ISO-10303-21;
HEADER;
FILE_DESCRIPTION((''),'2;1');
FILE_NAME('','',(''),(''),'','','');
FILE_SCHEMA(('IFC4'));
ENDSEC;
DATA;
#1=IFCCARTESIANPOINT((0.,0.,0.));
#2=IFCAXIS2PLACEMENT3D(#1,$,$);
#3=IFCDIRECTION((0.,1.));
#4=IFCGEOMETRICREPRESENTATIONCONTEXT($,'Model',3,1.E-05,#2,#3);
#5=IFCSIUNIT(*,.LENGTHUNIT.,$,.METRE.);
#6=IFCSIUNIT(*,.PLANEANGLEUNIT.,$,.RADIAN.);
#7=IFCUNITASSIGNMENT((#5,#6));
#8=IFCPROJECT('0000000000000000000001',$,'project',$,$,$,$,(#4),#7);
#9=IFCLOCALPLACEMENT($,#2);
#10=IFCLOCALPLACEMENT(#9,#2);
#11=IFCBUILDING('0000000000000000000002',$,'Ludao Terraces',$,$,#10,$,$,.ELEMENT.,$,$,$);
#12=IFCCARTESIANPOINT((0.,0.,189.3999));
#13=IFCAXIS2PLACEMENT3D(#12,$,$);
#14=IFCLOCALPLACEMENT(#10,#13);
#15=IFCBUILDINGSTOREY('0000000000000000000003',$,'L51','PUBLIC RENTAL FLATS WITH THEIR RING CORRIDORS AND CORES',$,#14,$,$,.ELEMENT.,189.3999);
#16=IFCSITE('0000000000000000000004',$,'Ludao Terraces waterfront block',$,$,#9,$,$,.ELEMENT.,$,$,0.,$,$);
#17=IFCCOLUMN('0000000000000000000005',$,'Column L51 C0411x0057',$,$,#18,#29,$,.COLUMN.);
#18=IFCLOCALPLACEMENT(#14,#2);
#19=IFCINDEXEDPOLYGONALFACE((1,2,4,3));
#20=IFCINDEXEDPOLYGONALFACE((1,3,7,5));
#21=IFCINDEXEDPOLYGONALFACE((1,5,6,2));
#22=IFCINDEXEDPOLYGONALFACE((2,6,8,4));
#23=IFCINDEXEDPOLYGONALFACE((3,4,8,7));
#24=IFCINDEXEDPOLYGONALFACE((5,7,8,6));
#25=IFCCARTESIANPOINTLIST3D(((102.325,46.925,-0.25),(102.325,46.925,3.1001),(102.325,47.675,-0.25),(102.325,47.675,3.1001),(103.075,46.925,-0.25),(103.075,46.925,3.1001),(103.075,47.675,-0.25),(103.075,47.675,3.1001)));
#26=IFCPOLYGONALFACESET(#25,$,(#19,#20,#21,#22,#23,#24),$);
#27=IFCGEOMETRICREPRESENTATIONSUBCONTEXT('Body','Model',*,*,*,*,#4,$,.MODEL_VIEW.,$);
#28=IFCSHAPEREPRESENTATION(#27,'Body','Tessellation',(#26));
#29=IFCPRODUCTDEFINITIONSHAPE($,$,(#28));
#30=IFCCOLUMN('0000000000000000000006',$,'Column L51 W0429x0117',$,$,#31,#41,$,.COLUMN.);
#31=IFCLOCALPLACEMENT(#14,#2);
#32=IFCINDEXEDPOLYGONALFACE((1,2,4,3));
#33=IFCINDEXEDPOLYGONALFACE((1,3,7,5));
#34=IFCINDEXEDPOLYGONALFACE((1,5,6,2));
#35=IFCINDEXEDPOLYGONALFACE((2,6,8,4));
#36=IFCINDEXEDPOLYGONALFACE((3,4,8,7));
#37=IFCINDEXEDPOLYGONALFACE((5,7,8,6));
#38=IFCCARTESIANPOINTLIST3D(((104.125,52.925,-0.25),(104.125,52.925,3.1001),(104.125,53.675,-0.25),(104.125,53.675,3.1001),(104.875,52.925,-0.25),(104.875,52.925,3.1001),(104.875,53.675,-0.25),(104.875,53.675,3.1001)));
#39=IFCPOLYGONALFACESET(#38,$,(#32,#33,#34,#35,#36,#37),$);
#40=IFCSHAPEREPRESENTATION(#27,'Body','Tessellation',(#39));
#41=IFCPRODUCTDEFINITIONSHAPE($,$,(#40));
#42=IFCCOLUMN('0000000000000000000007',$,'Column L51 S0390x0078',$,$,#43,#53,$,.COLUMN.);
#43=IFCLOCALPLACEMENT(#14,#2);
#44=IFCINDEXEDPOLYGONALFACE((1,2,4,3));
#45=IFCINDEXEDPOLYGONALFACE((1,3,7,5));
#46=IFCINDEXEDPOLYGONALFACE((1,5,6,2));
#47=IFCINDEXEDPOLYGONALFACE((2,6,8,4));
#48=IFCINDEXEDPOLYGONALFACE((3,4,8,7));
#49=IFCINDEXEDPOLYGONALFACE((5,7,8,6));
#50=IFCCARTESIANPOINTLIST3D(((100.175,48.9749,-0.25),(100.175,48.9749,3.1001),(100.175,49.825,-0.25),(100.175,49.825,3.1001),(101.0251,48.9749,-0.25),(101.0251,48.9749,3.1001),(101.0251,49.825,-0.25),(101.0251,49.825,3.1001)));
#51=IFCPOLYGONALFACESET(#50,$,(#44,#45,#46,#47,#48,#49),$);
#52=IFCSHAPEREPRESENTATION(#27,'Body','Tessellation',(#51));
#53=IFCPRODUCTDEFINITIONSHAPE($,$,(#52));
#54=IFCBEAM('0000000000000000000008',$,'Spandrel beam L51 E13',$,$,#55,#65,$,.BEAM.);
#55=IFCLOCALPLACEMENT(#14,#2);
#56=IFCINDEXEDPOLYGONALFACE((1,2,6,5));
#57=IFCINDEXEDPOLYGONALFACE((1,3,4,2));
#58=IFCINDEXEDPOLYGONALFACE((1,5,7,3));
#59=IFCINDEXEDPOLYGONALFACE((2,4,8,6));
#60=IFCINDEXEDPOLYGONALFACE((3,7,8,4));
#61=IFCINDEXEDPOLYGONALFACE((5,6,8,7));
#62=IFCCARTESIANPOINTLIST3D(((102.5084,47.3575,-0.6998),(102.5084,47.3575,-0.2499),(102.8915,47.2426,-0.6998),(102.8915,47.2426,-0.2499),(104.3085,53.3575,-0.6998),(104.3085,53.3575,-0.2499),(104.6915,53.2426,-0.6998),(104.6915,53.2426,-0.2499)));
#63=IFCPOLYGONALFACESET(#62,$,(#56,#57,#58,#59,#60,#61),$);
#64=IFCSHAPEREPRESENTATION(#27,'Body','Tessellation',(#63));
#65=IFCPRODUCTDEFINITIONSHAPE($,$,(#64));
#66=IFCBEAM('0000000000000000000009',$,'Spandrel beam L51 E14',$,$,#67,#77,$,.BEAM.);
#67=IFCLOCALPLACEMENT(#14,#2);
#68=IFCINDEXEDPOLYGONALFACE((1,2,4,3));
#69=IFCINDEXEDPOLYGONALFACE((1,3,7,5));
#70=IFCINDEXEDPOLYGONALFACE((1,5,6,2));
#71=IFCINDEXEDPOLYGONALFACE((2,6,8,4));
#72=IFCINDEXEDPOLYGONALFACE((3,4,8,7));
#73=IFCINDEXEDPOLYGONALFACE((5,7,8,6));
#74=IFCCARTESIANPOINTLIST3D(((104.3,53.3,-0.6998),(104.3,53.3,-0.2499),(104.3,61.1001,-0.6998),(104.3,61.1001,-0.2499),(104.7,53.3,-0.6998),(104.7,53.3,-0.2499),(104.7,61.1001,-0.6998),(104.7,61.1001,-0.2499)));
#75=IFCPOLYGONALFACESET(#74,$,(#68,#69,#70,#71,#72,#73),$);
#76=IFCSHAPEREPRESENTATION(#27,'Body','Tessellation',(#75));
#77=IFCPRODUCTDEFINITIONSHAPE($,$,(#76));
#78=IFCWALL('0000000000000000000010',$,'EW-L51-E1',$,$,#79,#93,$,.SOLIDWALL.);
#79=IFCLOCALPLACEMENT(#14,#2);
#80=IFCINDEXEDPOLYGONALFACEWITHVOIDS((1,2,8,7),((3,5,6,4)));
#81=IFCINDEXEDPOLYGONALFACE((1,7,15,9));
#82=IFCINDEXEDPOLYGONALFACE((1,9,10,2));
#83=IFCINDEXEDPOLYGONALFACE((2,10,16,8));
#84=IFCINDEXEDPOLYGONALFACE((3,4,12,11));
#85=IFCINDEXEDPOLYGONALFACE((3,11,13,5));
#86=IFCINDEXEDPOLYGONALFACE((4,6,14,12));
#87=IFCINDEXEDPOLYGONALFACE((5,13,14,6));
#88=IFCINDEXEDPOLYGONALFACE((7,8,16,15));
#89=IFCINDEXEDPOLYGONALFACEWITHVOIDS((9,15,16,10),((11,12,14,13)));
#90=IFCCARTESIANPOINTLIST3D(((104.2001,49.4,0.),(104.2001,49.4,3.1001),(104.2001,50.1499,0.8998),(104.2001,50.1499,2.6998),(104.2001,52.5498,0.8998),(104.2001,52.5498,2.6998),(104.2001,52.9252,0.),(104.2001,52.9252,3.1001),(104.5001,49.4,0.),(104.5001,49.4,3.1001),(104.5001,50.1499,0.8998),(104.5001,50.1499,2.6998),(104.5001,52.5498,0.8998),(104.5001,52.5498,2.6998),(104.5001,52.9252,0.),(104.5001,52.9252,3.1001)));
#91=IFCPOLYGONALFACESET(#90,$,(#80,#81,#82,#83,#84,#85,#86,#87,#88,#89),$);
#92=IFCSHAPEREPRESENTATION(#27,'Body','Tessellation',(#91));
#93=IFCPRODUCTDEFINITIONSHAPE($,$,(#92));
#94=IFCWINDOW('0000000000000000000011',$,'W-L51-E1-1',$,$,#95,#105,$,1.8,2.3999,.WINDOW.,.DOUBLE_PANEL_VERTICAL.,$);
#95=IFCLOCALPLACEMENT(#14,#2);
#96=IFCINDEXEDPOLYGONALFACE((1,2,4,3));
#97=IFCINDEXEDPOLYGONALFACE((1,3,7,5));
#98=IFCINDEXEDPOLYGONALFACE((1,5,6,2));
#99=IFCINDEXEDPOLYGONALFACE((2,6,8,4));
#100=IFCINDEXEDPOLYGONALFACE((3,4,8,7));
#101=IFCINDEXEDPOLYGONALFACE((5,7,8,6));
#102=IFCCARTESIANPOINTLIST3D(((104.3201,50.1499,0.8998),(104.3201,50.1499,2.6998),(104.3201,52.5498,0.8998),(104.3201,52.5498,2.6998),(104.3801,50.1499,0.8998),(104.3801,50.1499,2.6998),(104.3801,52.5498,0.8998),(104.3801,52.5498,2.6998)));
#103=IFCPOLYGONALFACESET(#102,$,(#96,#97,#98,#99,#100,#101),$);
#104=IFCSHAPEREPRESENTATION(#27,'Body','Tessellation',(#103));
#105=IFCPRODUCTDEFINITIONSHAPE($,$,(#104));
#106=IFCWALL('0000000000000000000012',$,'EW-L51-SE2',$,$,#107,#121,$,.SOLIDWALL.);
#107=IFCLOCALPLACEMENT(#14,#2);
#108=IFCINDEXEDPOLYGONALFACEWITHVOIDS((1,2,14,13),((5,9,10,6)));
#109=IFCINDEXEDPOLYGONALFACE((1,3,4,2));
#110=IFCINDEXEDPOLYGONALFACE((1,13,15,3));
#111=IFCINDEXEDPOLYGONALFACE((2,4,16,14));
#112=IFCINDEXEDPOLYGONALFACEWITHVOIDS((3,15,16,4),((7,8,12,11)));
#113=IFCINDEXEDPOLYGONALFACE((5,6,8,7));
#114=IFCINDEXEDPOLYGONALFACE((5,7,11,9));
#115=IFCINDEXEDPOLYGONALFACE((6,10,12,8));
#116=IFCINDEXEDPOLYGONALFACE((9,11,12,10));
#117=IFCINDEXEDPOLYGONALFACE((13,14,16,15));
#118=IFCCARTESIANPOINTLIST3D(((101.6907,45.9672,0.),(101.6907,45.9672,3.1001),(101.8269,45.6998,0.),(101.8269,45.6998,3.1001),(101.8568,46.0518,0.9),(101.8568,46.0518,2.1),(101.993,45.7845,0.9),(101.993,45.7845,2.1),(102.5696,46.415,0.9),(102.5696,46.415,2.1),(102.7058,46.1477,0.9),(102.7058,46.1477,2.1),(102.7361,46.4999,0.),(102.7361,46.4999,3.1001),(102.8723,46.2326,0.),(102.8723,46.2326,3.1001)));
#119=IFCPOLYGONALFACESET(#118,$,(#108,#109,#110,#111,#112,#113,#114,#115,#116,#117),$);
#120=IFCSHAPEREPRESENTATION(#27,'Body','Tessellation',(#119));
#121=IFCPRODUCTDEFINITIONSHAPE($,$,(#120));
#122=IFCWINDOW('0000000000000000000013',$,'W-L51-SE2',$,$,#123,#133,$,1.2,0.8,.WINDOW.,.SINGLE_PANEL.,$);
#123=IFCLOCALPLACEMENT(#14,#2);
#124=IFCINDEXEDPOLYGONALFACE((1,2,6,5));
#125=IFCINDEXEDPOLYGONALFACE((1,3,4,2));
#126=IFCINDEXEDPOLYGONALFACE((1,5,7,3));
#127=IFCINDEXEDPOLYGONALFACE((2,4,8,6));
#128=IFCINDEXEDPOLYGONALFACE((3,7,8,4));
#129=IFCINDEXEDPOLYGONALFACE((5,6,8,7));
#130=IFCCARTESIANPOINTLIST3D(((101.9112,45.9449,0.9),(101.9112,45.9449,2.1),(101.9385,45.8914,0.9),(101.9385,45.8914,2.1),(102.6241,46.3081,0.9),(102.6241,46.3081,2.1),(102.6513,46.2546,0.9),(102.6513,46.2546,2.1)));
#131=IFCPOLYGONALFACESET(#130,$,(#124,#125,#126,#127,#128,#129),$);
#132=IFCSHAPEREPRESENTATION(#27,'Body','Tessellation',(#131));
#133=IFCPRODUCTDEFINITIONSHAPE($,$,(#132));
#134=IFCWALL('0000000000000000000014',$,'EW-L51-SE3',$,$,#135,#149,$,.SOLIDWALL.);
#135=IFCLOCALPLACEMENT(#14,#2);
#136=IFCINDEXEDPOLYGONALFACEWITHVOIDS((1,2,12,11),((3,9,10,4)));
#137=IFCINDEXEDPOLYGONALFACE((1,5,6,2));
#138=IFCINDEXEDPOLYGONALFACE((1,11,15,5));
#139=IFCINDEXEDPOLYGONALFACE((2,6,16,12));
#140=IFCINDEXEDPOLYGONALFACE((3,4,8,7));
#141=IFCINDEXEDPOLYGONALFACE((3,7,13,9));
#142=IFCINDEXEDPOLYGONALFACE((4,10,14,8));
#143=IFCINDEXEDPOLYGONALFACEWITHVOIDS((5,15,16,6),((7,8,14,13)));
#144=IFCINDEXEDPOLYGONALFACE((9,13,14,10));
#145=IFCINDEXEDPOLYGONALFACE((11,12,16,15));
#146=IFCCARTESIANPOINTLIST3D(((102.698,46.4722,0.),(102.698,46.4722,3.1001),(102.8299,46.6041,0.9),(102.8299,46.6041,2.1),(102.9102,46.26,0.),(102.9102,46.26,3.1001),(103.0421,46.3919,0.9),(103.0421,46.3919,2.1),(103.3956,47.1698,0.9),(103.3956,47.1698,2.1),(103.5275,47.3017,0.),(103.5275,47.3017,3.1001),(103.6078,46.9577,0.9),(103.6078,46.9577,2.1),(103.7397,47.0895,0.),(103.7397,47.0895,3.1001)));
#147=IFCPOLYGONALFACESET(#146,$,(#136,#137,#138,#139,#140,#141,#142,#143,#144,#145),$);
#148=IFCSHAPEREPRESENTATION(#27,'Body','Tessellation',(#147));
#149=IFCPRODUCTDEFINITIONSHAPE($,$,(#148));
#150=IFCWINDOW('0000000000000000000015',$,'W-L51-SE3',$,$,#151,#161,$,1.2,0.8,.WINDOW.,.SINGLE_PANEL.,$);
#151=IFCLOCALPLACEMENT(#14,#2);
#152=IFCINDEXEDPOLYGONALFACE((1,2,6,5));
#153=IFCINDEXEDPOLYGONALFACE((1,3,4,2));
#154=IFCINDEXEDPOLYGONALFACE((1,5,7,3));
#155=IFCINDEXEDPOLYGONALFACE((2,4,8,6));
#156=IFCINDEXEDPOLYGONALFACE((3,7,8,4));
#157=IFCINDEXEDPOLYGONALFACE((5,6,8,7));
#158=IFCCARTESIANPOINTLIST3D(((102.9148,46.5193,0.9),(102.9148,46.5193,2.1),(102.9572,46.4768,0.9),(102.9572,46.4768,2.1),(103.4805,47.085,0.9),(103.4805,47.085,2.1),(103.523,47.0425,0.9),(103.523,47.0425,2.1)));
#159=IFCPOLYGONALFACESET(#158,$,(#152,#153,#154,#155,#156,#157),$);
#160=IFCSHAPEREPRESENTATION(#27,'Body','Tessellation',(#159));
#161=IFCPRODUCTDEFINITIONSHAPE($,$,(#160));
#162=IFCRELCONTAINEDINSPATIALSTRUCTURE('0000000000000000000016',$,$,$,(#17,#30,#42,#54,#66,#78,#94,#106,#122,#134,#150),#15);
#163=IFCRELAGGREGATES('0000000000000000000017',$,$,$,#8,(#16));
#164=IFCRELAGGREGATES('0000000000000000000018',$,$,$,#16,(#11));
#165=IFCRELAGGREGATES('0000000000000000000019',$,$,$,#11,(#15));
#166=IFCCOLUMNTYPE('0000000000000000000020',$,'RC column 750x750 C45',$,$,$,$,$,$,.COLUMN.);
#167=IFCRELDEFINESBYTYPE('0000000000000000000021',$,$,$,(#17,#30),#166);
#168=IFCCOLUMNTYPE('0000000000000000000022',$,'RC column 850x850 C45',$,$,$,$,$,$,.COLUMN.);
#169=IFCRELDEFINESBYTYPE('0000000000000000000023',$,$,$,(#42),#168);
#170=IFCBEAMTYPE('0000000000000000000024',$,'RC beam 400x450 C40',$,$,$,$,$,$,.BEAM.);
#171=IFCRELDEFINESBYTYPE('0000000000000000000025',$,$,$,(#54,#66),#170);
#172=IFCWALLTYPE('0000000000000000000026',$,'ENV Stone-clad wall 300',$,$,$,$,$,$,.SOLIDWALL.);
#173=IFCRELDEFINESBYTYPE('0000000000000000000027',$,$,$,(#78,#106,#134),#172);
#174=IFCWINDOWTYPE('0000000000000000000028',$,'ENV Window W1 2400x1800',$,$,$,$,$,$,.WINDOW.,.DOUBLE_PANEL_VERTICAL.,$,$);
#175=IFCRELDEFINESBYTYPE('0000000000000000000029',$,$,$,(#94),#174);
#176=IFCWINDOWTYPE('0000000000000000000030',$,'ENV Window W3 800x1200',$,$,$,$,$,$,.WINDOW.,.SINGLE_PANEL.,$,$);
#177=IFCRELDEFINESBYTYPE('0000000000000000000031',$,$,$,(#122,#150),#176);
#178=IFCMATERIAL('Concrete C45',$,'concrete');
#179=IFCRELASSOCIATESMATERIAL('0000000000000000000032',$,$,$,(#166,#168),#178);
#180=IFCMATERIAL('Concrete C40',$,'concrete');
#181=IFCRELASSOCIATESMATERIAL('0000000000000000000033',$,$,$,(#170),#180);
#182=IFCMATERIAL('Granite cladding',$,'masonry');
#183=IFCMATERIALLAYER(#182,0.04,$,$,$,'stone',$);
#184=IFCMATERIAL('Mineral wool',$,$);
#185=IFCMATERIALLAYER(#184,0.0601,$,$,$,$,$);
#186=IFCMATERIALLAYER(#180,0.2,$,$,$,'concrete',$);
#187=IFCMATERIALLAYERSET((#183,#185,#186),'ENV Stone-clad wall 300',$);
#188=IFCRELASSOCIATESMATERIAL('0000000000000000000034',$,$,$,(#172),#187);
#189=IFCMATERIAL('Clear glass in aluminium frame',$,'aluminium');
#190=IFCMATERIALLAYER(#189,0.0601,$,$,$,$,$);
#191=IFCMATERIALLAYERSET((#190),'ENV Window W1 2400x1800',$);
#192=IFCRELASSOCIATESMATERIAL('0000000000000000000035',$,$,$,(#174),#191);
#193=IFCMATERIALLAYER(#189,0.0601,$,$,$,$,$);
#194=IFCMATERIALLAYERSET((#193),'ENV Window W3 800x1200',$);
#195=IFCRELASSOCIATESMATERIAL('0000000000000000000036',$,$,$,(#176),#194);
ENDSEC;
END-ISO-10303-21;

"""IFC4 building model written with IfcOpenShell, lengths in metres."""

from ifc_helpers import new_model, si_unit, direction, frame, frame_2d, origin, origin_2d, place, context, subcontext, project, spatial, rectangle, extrude, material, layer, layer_set, material_profile, profile_set, type_object, element, fill, save


model = new_model("IFC4")

# Units and contexts
model_context = context("Model", 3, precision=1e-05, world=origin(), true_north=direction((0.0, 1.0)))
body_context = subcontext(model_context, "Body", "Model", "MODEL_VIEW")
ifc_project = project(units=[si_unit("LENGTHUNIT", "METRE"), si_unit("PLANEANGLEUNIT", "RADIAN")], contexts=[model_context])

# Site, building, storey
site_placement = place(None, origin())
site = spatial("IfcSite", under=ifc_project, at=site_placement, Name="Ludao Terraces waterfront block", CompositionType="ELEMENT", RefElevation=0.0)
building_placement = place(site_placement, origin())
building = spatial("IfcBuilding", under=site, at=building_placement, Name="Ludao Terraces", CompositionType="ELEMENT")
storey_placement = place(building_placement, frame((0.0, 0.0, 189.3999)))
storey = spatial("IfcBuildingStorey", under=building, at=storey_placement, Name="L51", Description="PUBLIC RENTAL FLATS WITH THEIR RING CORRIDORS AND CORES", CompositionType="ELEMENT", Elevation=189.3999)

# Columns
ifc_material_1 = material(Name="Concrete C45", Category="concrete")
ifc_material_profile_1 = material_profile(ifc_material_1, rectangle(XDim=0.75, YDim=0.75, at=origin_2d()), Name="750 X 750")
ifc_profile_set_1 = profile_set([ifc_material_profile_1], Name="Concrete C45")
column_type_1 = type_object("IfcColumnType", Name="RC column 750x750 C45", PredefinedType="COLUMN", material=ifc_profile_set_1)
for number, where, z_axis, x_axis, name in (
    (1, (102.7, 47.3, -0.25), (0.0, 0.0, 1.0), (1.0, 0.0, 0.0), "Column L51 C0411x0057"),
    (2, (104.5, 53.3, -0.25), (0.0, 0.0, 1.0), (1.0, 0.0, 0.0), "Column L51 W0429x0117"),
):
    element("IfcColumn", number, at=place(storey_placement, frame(where, z_axis=z_axis, x_axis=x_axis)), inside=storey, type_object=column_type_1, Name=name, PredefinedType="COLUMN", context=body_context, shape_type="SweptSolid", body=[
        extrude(rectangle(XDim=0.75, YDim=0.75, at=origin_2d()), origin(), (0.0, 0.0, 1.0), 3.3501),
    ])
ifc_material_profile_2 = material_profile(ifc_material_1, rectangle(XDim=0.8501, YDim=0.8501, at=origin_2d()), Name="850 X 850")
ifc_profile_set_2 = profile_set([ifc_material_profile_2], Name="Concrete C45")
column_type_2 = type_object("IfcColumnType", Name="RC column 850x850 C45", PredefinedType="COLUMN", material=ifc_profile_set_2)
column_placement = place(storey_placement, frame((100.6001, 49.3999, -0.25), z_axis=(0.0, 0.0, 1.0), x_axis=(1.0, 0.0, 0.0)))
element("IfcColumn", 3, at=column_placement, inside=storey, type_object=column_type_2, Name="Column L51 S0390x0078", PredefinedType="COLUMN", context=body_context, shape_type="SweptSolid", body=[
    extrude(rectangle(XDim=0.8501, YDim=0.8501, at=origin_2d()), origin(), (0.0, 0.0, 1.0), 3.3501),
])

# Beams
ifc_material_2 = material(Name="Concrete C40", Category="concrete")
ifc_material_profile_3 = material_profile(ifc_material_2, rectangle(XDim=0.3999, YDim=0.45, at=origin_2d()), Name="400 X 450")
ifc_profile_set_3 = profile_set([ifc_material_profile_3], Name="Concrete C40")
beam_type = type_object("IfcBeamType", Name="RC beam 400x450 C40", PredefinedType="BEAM", material=ifc_profile_set_3)
beam_1_placement = place(storey_placement, frame((102.7, 47.3, -0.4749), z_axis=(0.287355, 0.957824, 0.0), x_axis=(-0.957824, 0.287355, 0.0)))
element("IfcBeam", 4, at=beam_1_placement, inside=storey, type_object=beam_type, Name="Spandrel beam L51 E13", PredefinedType="BEAM", context=body_context, shape_type="SweptSolid", body=[
    extrude(rectangle(XDim=0.3999, YDim=0.45, at=origin_2d()), origin(), (0.0, 0.0, 1.0), 6.2642),
])
beam_2_placement = place(storey_placement, frame((104.5, 53.3, -0.4749), z_axis=(0.0, 1.0, 0.0), x_axis=(-1.0, 0.0, 0.0)))
element("IfcBeam", 5, at=beam_2_placement, inside=storey, type_object=beam_type, Name="Spandrel beam L51 E14", PredefinedType="BEAM", context=body_context, shape_type="SweptSolid", body=[
    extrude(rectangle(XDim=0.3999, YDim=0.45, at=origin_2d()), origin(), (0.0, 0.0, 1.0), 7.8),
])

# Walls, openings, windows
ifc_material_3 = material(Name="Granite cladding", Category="masonry")
ifc_layer_1 = layer(ifc_material_3, 0.04, Category="stone")
ifc_material_4 = material(Name="Mineral wool")
ifc_layer_2 = layer(ifc_material_4, 0.0601)
ifc_layer_3 = layer(ifc_material_2, 0.2, Category="concrete")
ifc_layer_set_1 = layer_set([ifc_layer_1, ifc_layer_2, ifc_layer_3], Name="ENV Stone-clad wall 300")
wall_type = type_object("IfcWallType", Name="ENV Stone-clad wall 300", PredefinedType="SOLIDWALL", material=ifc_layer_set_1)
wall_1_placement = place(storey_placement, frame((104.3501, 49.3999, 0.0), z_axis=(0.0, 0.0, 1.0), x_axis=(0.0, 1.0, 0.0)))
wall_1 = element("IfcWall", 6, at=wall_1_placement, inside=storey, type_object=wall_type, Name="EW-L51-E1", PredefinedType="SOLIDWALL", context=body_context, shape_type="SweptSolid", body=[
    extrude(rectangle(XDim=3.5251, YDim=0.3, at=frame_2d((1.7627, 0.0))), origin(), (0.0, 0.0, 1.0), 3.1001),
])
opening_1_placement = place(wall_1_placement, frame((0.75, 0.0, 0.8999)))
opening_1 = element("IfcOpeningElement", 7, at=opening_1_placement, cuts=wall_1, PredefinedType="OPENING", context=body_context, shape_type="SweptSolid", body=[
    extrude(rectangle(XDim=2.3999, YDim=1.8, at=frame_2d((1.2, 0.8999))), frame((0.0, 0.1602, 0.0), z_axis=(0.0, -1.0, 0.0), x_axis=(1.0, 0.0, 0.0)), (0.0, 0.0, 1.0), 0.3201),
])
ifc_material_5 = material(Name="Clear glass in aluminium frame", Category="aluminium")
ifc_layer_4 = layer(ifc_material_5, 0.0601)
ifc_layer_set_2 = layer_set([ifc_layer_4], Name="ENV Window W1 2400x1800")
window_type_1 = type_object("IfcWindowType", Name="ENV Window W1 2400x1800", PartitioningType="DOUBLE_PANEL_VERTICAL", PredefinedType="WINDOW", material=ifc_layer_set_2)
window_1_placement = place(opening_1_placement, origin())
window_1 = element("IfcWindow", 8, at=window_1_placement, inside=storey, type_object=window_type_1, Name="W-L51-E1-1", OverallHeight=1.8, OverallWidth=2.3999, PartitioningType="DOUBLE_PANEL_VERTICAL", PredefinedType="WINDOW", context=body_context, shape_type="SweptSolid", body=[
    extrude(rectangle(XDim=2.3999, YDim=1.8, at=frame_2d((1.2, 0.8999))), frame((0.0, 0.03, 0.0), z_axis=(0.0, -1.0, 0.0), x_axis=(1.0, 0.0, 0.0)), (0.0, 0.0, 1.0), 0.0601),
])
fill(opening_1, window_1)
wall_2_placement = place(storey_placement, frame((101.7588, 45.8335, 0.0), z_axis=(0.0, 0.0, 1.0), x_axis=(0.890989, 0.454026, 0.0)))
wall_2 = element("IfcWall", 9, at=wall_2_placement, inside=storey, type_object=wall_type, Name="EW-L51-SE2", PredefinedType="SOLIDWALL", context=body_context, shape_type="SweptSolid", body=[
    extrude(rectangle(XDim=1.1733, YDim=0.3, at=frame_2d((0.5867, 0.0))), origin(), (0.0, 0.0, 1.0), 3.1001),
])
opening_2_placement = place(wall_2_placement, frame((0.1865, 0.0, 0.8999)))
opening_2 = element("IfcOpeningElement", 10, at=opening_2_placement, cuts=wall_2, PredefinedType="OPENING", context=body_context, shape_type="SweptSolid", body=[
    extrude(rectangle(XDim=0.8, YDim=1.2, at=frame_2d((0.3999, 0.6001))), frame((0.0, 0.1602, 0.0), z_axis=(0.0, -1.0, 0.0), x_axis=(1.0, 0.0, 0.0)), (0.0, 0.0, 1.0), 0.3201),
])
ifc_layer_5 = layer(ifc_material_5, 0.0601)
ifc_layer_set_3 = layer_set([ifc_layer_5], Name="ENV Window W3 800x1200")
window_type_2 = type_object("IfcWindowType", Name="ENV Window W3 800x1200", PartitioningType="SINGLE_PANEL", PredefinedType="WINDOW", material=ifc_layer_set_3)
window_2_placement = place(opening_2_placement, origin())
window_2 = element("IfcWindow", 11, at=window_2_placement, inside=storey, type_object=window_type_2, Name="W-L51-SE2", OverallHeight=1.2, OverallWidth=0.8, PartitioningType="SINGLE_PANEL", PredefinedType="WINDOW", context=body_context, shape_type="SweptSolid", body=[
    extrude(rectangle(XDim=0.8, YDim=1.2, at=frame_2d((0.3999, 0.6001))), frame((0.0, 0.03, 0.0), z_axis=(0.0, -1.0, 0.0), x_axis=(1.0, 0.0, 0.0)), (0.0, 0.0, 1.0), 0.0601),
])
fill(opening_2, window_2)
wall_3_placement = place(storey_placement, frame((102.8042, 46.3662, 0.0), z_axis=(0.0, 0.0, 1.0), x_axis=(0.707107, 0.707107, 0.0)))
wall_3 = element("IfcWall", 12, at=wall_3_placement, inside=storey, type_object=wall_type, Name="EW-L51-SE3", PredefinedType="SOLIDWALL", context=body_context, shape_type="SweptSolid", body=[
    extrude(rectangle(XDim=1.1731, YDim=0.3, at=frame_2d((0.5864, 0.0))), origin(), (0.0, 0.0, 1.0), 3.1001),
])
opening_3_placement = place(wall_3_placement, frame((0.1865, 0.0, 0.8999)))
opening_3 = element("IfcOpeningElement", 13, at=opening_3_placement, cuts=wall_3, PredefinedType="OPENING", context=body_context, shape_type="SweptSolid", body=[
    extrude(rectangle(XDim=0.8, YDim=1.2, at=frame_2d((0.3999, 0.6001))), frame((0.0, 0.1602, 0.0), z_axis=(0.0, -1.0, 0.0), x_axis=(1.0, 0.0, 0.0)), (0.0, 0.0, 1.0), 0.3201),
])
window_3_placement = place(opening_3_placement, origin())
window_3 = element("IfcWindow", 14, at=window_3_placement, inside=storey, type_object=window_type_2, Name="W-L51-SE3", OverallHeight=1.2, OverallWidth=0.8, PartitioningType="SINGLE_PANEL", PredefinedType="WINDOW", context=body_context, shape_type="SweptSolid", body=[
    extrude(rectangle(XDim=0.8, YDim=1.2, at=frame_2d((0.3999, 0.6001))), frame((0.0, 0.03, 0.0), z_axis=(0.0, -1.0, 0.0), x_axis=(1.0, 0.0, 0.0)), (0.0, 0.0, 1.0), 0.0601),
])
fill(opening_3, window_3)

save(model, "model.ifc")
